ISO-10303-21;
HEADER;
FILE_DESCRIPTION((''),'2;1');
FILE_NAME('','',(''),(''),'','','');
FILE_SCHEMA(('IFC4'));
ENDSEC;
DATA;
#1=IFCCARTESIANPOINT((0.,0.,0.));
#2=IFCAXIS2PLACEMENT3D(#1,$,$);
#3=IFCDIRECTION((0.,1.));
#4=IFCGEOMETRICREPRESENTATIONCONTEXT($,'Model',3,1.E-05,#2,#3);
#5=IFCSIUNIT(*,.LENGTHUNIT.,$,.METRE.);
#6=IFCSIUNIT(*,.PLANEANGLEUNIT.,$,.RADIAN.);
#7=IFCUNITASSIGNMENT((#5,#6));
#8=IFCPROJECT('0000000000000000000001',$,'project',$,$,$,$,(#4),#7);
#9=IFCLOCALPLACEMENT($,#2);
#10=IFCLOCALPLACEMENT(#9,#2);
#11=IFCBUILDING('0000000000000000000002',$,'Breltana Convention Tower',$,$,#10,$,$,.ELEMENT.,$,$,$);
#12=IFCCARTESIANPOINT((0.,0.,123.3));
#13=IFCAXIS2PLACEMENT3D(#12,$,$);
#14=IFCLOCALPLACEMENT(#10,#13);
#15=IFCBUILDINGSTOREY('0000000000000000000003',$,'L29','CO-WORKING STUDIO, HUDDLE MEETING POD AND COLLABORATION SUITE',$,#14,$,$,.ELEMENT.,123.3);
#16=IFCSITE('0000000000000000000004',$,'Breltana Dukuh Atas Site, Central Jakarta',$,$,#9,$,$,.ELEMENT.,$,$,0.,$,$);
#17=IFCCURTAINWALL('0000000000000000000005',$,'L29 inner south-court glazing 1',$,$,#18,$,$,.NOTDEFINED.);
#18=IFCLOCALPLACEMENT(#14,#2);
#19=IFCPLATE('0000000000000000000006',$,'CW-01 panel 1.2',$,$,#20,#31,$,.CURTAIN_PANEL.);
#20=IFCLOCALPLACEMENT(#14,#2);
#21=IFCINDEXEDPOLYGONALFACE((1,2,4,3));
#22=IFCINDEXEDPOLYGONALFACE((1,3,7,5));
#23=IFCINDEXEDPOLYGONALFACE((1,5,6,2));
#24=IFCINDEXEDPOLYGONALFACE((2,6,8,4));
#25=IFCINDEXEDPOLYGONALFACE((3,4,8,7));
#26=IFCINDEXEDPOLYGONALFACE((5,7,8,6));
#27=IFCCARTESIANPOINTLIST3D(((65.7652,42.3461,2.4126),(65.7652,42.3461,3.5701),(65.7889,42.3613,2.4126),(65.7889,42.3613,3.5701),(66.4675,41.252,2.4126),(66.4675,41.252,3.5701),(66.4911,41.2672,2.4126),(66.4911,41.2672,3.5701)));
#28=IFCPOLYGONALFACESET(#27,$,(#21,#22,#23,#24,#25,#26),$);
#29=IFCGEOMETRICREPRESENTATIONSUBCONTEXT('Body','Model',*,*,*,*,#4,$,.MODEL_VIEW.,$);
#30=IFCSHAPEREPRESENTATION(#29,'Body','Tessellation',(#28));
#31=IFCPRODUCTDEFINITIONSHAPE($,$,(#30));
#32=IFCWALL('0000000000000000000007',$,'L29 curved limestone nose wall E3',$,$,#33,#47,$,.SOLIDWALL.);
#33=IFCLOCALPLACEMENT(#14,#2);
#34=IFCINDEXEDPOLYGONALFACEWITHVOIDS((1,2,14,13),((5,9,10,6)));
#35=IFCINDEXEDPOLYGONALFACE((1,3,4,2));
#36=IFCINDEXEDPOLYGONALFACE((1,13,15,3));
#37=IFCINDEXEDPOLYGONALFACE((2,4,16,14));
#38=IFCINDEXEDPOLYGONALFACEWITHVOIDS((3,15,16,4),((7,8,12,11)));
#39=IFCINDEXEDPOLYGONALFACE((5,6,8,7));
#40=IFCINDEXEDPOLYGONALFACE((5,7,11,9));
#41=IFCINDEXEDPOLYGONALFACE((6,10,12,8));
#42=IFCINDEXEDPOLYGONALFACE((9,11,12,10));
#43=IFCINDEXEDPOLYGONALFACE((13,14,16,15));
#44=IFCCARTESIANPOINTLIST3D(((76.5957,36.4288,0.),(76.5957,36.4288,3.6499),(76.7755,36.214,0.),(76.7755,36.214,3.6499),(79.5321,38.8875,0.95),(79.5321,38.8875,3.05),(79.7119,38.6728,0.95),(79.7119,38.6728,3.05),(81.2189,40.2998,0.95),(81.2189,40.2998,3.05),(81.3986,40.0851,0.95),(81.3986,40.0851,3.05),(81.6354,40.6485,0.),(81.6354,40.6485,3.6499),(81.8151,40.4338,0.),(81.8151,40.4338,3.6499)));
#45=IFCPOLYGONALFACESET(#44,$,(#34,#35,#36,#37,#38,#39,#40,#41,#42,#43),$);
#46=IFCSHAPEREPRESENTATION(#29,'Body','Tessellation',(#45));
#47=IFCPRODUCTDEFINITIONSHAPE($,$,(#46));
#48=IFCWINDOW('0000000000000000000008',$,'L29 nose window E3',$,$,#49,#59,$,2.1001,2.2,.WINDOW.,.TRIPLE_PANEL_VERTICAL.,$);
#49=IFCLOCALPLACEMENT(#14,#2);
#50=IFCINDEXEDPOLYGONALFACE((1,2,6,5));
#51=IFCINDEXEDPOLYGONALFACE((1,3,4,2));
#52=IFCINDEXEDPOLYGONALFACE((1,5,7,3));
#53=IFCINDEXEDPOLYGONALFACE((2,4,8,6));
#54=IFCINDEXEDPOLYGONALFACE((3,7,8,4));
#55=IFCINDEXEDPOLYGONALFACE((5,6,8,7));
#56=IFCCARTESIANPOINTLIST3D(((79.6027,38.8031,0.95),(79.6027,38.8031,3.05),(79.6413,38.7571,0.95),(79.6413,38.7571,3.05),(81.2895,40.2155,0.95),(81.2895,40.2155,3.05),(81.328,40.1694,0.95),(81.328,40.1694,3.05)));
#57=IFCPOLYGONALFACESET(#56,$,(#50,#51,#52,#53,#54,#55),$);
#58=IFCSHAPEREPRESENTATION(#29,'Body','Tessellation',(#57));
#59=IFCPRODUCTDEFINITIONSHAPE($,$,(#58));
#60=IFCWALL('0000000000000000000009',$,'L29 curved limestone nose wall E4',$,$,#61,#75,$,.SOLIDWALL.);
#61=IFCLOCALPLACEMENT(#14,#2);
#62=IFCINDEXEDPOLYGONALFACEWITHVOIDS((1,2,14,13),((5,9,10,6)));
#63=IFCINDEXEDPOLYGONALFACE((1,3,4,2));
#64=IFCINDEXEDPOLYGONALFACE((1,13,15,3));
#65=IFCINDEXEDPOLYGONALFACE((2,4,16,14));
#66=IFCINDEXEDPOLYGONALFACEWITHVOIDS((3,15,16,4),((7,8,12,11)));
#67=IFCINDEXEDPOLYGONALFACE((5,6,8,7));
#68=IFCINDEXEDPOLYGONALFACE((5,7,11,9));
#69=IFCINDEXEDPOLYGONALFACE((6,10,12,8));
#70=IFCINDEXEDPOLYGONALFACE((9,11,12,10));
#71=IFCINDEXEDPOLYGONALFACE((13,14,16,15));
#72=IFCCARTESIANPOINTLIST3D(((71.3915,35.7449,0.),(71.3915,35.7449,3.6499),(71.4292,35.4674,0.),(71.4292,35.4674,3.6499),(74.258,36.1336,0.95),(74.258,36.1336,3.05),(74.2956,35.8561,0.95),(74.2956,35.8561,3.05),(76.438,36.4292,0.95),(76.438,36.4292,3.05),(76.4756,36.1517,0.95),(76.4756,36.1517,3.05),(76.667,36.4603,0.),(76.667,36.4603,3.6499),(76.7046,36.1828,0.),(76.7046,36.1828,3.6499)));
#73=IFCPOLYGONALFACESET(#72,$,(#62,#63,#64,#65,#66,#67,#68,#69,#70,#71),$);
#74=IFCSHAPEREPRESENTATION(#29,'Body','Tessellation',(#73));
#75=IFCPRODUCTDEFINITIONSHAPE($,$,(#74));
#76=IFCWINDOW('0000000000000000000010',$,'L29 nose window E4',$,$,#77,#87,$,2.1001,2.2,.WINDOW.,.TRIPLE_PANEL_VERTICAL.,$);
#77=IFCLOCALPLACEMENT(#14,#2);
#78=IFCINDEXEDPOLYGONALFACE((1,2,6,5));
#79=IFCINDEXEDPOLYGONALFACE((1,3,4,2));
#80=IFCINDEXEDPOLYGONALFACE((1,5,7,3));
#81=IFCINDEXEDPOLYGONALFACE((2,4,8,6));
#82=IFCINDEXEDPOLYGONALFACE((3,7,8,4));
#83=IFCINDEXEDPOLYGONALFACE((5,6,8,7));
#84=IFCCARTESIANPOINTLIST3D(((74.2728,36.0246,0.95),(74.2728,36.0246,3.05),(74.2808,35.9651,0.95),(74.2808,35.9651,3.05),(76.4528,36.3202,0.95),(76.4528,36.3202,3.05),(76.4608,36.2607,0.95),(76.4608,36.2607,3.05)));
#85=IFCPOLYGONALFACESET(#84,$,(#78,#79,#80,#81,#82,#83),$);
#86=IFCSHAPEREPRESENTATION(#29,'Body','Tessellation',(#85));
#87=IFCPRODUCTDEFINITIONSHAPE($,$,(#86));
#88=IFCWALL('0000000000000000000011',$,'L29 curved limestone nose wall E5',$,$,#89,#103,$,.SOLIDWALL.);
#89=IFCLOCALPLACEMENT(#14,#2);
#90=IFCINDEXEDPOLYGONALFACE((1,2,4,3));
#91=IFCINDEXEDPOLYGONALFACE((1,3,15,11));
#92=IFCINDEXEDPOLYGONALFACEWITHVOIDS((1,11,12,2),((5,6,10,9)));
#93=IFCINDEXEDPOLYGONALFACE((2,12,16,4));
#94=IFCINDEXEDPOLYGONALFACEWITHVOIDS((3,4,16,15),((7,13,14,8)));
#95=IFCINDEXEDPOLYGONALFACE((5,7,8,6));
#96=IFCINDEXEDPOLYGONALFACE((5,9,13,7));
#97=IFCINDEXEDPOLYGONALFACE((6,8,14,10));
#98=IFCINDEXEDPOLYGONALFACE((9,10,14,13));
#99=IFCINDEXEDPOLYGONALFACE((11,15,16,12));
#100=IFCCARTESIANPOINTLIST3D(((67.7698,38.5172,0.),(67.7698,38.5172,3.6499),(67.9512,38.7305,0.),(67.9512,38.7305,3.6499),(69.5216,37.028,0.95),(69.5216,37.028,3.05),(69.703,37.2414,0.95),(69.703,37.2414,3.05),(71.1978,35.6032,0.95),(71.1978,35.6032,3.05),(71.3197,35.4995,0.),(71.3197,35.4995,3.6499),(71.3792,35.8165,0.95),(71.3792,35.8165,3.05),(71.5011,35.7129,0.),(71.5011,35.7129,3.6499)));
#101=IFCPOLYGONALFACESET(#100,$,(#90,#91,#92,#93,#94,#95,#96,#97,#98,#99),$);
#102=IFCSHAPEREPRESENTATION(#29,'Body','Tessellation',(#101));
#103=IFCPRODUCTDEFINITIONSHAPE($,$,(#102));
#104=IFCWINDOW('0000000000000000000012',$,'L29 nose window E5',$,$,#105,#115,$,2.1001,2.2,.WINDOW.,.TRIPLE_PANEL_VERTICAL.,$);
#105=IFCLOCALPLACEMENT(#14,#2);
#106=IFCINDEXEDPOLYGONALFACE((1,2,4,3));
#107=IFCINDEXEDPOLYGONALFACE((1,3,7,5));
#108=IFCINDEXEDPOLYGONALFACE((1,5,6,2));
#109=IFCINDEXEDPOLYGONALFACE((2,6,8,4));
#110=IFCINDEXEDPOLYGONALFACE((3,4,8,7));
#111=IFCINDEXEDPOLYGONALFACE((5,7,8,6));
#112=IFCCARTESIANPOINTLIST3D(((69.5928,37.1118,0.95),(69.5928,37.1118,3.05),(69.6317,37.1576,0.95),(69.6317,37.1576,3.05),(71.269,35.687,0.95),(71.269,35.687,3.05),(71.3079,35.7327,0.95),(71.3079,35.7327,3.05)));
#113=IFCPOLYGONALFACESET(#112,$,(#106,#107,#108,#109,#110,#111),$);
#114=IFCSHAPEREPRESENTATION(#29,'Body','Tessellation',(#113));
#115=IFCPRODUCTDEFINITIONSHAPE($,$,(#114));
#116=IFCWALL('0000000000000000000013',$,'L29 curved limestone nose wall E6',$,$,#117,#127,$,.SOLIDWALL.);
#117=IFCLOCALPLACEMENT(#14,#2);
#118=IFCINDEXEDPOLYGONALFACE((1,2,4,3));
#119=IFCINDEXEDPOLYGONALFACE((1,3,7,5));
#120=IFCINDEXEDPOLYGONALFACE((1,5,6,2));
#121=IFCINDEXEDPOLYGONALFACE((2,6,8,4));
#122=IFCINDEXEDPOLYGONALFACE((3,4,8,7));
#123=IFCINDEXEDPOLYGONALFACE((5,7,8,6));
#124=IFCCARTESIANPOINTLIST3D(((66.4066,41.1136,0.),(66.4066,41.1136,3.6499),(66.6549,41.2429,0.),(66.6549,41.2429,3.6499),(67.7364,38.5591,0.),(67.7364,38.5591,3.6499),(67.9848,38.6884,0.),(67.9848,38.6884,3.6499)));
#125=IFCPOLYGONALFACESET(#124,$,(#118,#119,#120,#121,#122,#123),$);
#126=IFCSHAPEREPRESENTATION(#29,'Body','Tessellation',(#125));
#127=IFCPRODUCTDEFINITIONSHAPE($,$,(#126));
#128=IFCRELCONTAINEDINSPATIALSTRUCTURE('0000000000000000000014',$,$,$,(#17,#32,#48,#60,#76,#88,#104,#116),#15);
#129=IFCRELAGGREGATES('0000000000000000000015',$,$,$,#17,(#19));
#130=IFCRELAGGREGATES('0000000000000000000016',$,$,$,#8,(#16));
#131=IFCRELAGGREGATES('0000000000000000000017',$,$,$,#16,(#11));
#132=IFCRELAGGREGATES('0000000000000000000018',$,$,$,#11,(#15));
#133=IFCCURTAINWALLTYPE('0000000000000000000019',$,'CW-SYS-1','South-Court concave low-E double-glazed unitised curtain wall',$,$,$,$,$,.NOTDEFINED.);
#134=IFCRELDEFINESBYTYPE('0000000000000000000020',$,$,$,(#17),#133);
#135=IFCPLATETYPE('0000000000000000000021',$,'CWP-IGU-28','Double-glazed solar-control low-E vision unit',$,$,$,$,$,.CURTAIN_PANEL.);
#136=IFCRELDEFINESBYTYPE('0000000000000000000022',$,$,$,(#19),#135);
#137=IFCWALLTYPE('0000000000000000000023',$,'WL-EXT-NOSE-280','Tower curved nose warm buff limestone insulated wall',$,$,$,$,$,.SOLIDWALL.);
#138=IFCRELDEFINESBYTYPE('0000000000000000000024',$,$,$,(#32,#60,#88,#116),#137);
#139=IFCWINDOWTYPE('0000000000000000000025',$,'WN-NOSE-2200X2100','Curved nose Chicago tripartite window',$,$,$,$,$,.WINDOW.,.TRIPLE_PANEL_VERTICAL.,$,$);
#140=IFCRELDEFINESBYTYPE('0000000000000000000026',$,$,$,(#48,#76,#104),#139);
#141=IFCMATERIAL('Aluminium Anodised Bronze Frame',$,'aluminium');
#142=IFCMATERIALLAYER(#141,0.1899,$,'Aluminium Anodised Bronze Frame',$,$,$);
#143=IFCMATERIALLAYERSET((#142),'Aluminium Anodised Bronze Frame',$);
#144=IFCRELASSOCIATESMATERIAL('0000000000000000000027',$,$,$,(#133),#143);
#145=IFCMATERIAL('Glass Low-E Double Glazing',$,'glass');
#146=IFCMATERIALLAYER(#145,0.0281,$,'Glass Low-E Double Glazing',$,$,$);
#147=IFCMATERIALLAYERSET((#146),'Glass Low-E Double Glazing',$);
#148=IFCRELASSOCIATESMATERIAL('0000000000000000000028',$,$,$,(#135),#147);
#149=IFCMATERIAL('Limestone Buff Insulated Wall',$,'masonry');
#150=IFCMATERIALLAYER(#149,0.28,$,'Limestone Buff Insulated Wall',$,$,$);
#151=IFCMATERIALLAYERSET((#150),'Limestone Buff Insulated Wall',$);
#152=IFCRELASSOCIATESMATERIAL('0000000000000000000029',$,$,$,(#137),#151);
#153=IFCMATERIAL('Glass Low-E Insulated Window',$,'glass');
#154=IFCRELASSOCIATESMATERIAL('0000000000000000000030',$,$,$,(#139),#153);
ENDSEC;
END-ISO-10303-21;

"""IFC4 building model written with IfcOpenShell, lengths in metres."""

from ifc_helpers import new_model, si_unit, direction, frame, frame_2d, origin, origin_2d, place, context, subcontext, project, spatial, rectangle, extrude, source, transform, mapped, material, layer, layer_set, type_object, type_shapes, element, fill, aggregate, save


model = new_model("IFC4")

# Units and contexts
model_context = context("Model", 3, precision=1e-05, world=origin(), true_north=direction((0.0, 1.0)))
body_context = subcontext(model_context, "Body", "Model", "MODEL_VIEW")
ifc_project = project(units=[si_unit("LENGTHUNIT", "METRE"), si_unit("PLANEANGLEUNIT", "RADIAN")], contexts=[model_context])

# Site, building, storey
site_placement = place(None, origin())
site = spatial("IfcSite", under=ifc_project, at=site_placement, Name="Breltana Dukuh Atas Site, Central Jakarta", CompositionType="ELEMENT", RefElevation=0.0)
building_placement = place(site_placement, origin())
building = spatial("IfcBuilding", under=site, at=building_placement, Name="Breltana Convention Tower", CompositionType="ELEMENT")
storey_placement = place(building_placement, frame((0.0, 0.0, 123.3)))
storey = spatial("IfcBuildingStorey", under=building, at=storey_placement, Name="L29", Description="CO-WORKING STUDIO, HUDDLE MEETING POD AND COLLABORATION SUITE", CompositionType="ELEMENT", Elevation=123.3)

# Curtain wall, plate
ifc_material_1 = material(Name="Aluminium Anodised Bronze Frame", Category="aluminium")
ifc_layer_1 = layer(ifc_material_1, 0.1899, Name="Aluminium Anodised Bronze Frame")
ifc_layer_set_1 = layer_set([ifc_layer_1], Name="Aluminium Anodised Bronze Frame")
curtain_wall_type = type_object("IfcCurtainWallType", Name="CW-SYS-1", Description="South-Court concave low-E double-glazed unitised curtain wall", PredefinedType="NOTDEFINED", material=ifc_layer_set_1)
curtain_wall_placement = place(storey_placement, origin())
curtain_wall = element("IfcCurtainWall", 1, at=curtain_wall_placement, inside=storey, type_object=curtain_wall_type, Name="L29 inner south-court glazing 1", PredefinedType="NOTDEFINED")
ifc_material_2 = material(Name="Glass Low-E Double Glazing", Category="glass")
ifc_layer_2 = layer(ifc_material_2, 0.0281, Name="Glass Low-E Double Glazing")
ifc_layer_set_2 = layer_set([ifc_layer_2], Name="Glass Low-E Double Glazing")
plate_type = type_object("IfcPlateType", Name="CWP-IGU-28", Description="Double-glazed solar-control low-E vision unit", PredefinedType="CURTAIN_PANEL", material=ifc_layer_set_2)
shared_shape_1 = source(origin(), body_context, "Body", "SweptSolid", [
    extrude(rectangle(XDim=1.3, YDim=0.0281, at=origin_2d()), origin(), (0.0, 0.0, 1.0), 1.1575),
])
plate_1_placement = place(storey_placement, frame((66.1282, 41.8066, 2.4126), z_axis=(0.0, 0.0, 1.0), x_axis=(-0.540177, 0.841551, 0.0)))
plate_1 = element("IfcPlate", 2, at=plate_1_placement, type_object=plate_type, Name="CW-01 panel 1.2", PredefinedType="CURTAIN_PANEL", context=body_context, shape_type="MappedRepresentation", body=[
    mapped(shared_shape_1, transform((0.0, 0.0, 0.0), scale=1.0)),
])
aggregate(curtain_wall, [plate_1])

# Walls, openings, windows
ifc_material_3 = material(Name="Limestone Buff Insulated Wall", Category="masonry")
ifc_layer_3 = layer(ifc_material_3, 0.28, Name="Limestone Buff Insulated Wall")
ifc_layer_set_3 = layer_set([ifc_layer_3], Name="Limestone Buff Insulated Wall")
wall_type_1 = type_object("IfcWallType", Name="WL-EXT-NOSE-280", Description="Tower curved nose warm buff limestone insulated wall", PredefinedType="SOLIDWALL", material=ifc_layer_set_3)
shared_shape_2 = source(origin(), body_context, "Body", "SweptSolid", [
    extrude(rectangle(XDim=6.573, YDim=0.28, at=frame_2d((3.2866, 0.0))), origin(), (0.0, 0.0, 1.0), 3.6499),
])
wall_1_placement = place(storey_placement, frame((81.7253, 40.5413, 0.0), z_axis=(0.0, 0.0, 1.0), x_axis=(-0.766715, -0.641987, 0.0)))
wall_1 = element("IfcWall", 3, at=wall_1_placement, inside=storey, type_object=wall_type_1, Name="L29 curved limestone nose wall E3", PredefinedType="SOLIDWALL", context=body_context, shape_type="MappedRepresentation", body=[
    mapped(shared_shape_2, transform((0.0, 0.0, 0.0), scale=1.0)),
])
opening_1_placement = place(wall_1_placement, frame((0.5432, 0.0, 0.95)))
opening_1 = element("IfcOpeningElement", 4, at=opening_1_placement, cuts=wall_1, PredefinedType="OPENING", context=body_context, shape_type="SweptSolid", body=[
    extrude(rectangle(XDim=2.2, YDim=2.1001, at=frame_2d((1.1001, 1.05))), frame((0.0, 0.1499, 0.0), z_axis=(0.0, -1.0, 0.0), x_axis=(1.0, 0.0, 0.0)), (0.0, 0.0, 1.0), 0.3),
])
ifc_material_4 = material(Name="Glass Low-E Insulated Window", Category="glass")
window_type = type_object("IfcWindowType", Name="WN-NOSE-2200X2100", Description="Curved nose Chicago tripartite window", PartitioningType="TRIPLE_PANEL_VERTICAL", PredefinedType="WINDOW", material=ifc_material_4)
shared_shape_3 = source(origin(), body_context, "Body", "SweptSolid", [
    extrude(rectangle(XDim=2.2, YDim=2.1001, at=frame_2d((1.1001, 1.05))), frame((0.0, 0.03, 0.0), z_axis=(0.0, -1.0, 0.0), x_axis=(1.0, 0.0, 0.0)), (0.0, 0.0, 1.0), 0.0601),
])
type_shapes(window_type, [shared_shape_3])
window_1_placement = place(opening_1_placement, origin())
window_1 = element("IfcWindow", 5, at=window_1_placement, inside=storey, type_object=window_type, Name="L29 nose window E3", OverallHeight=2.1001, OverallWidth=2.2, PartitioningType="TRIPLE_PANEL_VERTICAL", PredefinedType="WINDOW", context=body_context, shape_type="MappedRepresentation", body=[
    mapped(shared_shape_3, transform((0.0, 0.0, 0.0), scale=1.0)),
])
fill(opening_1, window_1)
shared_shape_4 = source(origin(), body_context, "Body", "SweptSolid", [
    extrude(rectangle(XDim=5.3237, YDim=0.28, at=frame_2d((2.6619, 0.0))), origin(), (0.0, 0.0, 1.0), 3.6499),
])
wall_2_placement = place(storey_placement, frame((76.6858, 36.3215, 0.0), z_axis=(0.0, 0.0, 1.0), x_axis=(-0.990931, -0.134368, 0.0)))
wall_2 = element("IfcWall", 6, at=wall_2_placement, inside=storey, type_object=wall_type_1, Name="L29 curved limestone nose wall E4", PredefinedType="SOLIDWALL", context=body_context, shape_type="MappedRepresentation", body=[
    mapped(shared_shape_4, transform((0.0, 0.0, 0.0), scale=1.0)),
])
opening_2_placement = place(wall_2_placement, frame((0.231, 0.0, 0.95)))
opening_2 = element("IfcOpeningElement", 7, at=opening_2_placement, cuts=wall_2, PredefinedType="OPENING", context=body_context, shape_type="SweptSolid", body=[
    extrude(rectangle(XDim=2.2, YDim=2.1001, at=frame_2d((1.1001, 1.05))), frame((0.0, 0.1499, 0.0), z_axis=(0.0, -1.0, 0.0), x_axis=(1.0, 0.0, 0.0)), (0.0, 0.0, 1.0), 0.3),
])
window_2_placement = place(opening_2_placement, origin())
window_2 = element("IfcWindow", 8, at=window_2_placement, inside=storey, type_object=window_type, Name="L29 nose window E4", OverallHeight=2.1001, OverallWidth=2.2, PartitioningType="TRIPLE_PANEL_VERTICAL", PredefinedType="WINDOW", context=body_context, shape_type="MappedRepresentation", body=[
    mapped(shared_shape_3, transform((0.0, 0.0, 0.0), scale=1.0)),
])
fill(opening_2, window_2)
shared_shape_5 = source(origin(), body_context, "Body", "SweptSolid", [
    extrude(rectangle(XDim=4.6592, YDim=0.28, at=frame_2d((2.3296, 0.0))), origin(), (0.0, 0.0, 1.0), 3.6499),
])
wall_3_placement = place(storey_placement, frame((71.4104, 35.6062, 0.0), z_axis=(0.0, 0.0, 1.0), x_axis=(-0.761913, 0.647679, 0.0)))
wall_3 = element("IfcWall", 9, at=wall_3_placement, inside=storey, type_object=wall_type_1, Name="L29 curved limestone nose wall E5", PredefinedType="SOLIDWALL", context=body_context, shape_type="MappedRepresentation", body=[
    mapped(shared_shape_5, transform((0.0, 0.0, 0.0), scale=1.0)),
])
opening_3_placement = place(wall_3_placement, frame((0.1599, 0.0, 0.95)))
opening_3 = element("IfcOpeningElement", 10, at=opening_3_placement, cuts=wall_3, PredefinedType="OPENING", context=body_context, shape_type="SweptSolid", body=[
    extrude(rectangle(XDim=2.2, YDim=2.1001, at=frame_2d((1.1001, 1.05))), frame((0.0, 0.1499, 0.0), z_axis=(0.0, -1.0, 0.0), x_axis=(1.0, 0.0, 0.0)), (0.0, 0.0, 1.0), 0.3),
])
window_3_placement = place(opening_3_placement, origin())
window_3 = element("IfcWindow", 11, at=window_3_placement, inside=storey, type_object=window_type, Name="L29 nose window E5", OverallHeight=2.1001, OverallWidth=2.2, PartitioningType="TRIPLE_PANEL_VERTICAL", PredefinedType="WINDOW", context=body_context, shape_type="MappedRepresentation", body=[
    mapped(shared_shape_3, transform((0.0, 0.0, 0.0), scale=1.0)),
])
fill(opening_3, window_3)

# Wall
shared_shape_6 = source(origin(), body_context, "Body", "SweptSolid", [
    extrude(rectangle(XDim=2.8799, YDim=0.28, at=frame_2d((1.4399, 0.0))), origin(), (0.0, 0.0, 1.0), 3.6499),
])
wall_4_placement = place(storey_placement, frame((67.8606, 38.6238, 0.0), z_axis=(0.0, 0.0, 1.0), x_axis=(-0.461769, 0.887, 0.0)))
element("IfcWall", 12, at=wall_4_placement, inside=storey, type_object=wall_type_1, Name="L29 curved limestone nose wall E6", PredefinedType="SOLIDWALL", context=body_context, shape_type="MappedRepresentation", body=[
    mapped(shared_shape_6, transform((0.0, 0.0, 0.0), scale=1.0)),
])

save(model, "model.ifc")
